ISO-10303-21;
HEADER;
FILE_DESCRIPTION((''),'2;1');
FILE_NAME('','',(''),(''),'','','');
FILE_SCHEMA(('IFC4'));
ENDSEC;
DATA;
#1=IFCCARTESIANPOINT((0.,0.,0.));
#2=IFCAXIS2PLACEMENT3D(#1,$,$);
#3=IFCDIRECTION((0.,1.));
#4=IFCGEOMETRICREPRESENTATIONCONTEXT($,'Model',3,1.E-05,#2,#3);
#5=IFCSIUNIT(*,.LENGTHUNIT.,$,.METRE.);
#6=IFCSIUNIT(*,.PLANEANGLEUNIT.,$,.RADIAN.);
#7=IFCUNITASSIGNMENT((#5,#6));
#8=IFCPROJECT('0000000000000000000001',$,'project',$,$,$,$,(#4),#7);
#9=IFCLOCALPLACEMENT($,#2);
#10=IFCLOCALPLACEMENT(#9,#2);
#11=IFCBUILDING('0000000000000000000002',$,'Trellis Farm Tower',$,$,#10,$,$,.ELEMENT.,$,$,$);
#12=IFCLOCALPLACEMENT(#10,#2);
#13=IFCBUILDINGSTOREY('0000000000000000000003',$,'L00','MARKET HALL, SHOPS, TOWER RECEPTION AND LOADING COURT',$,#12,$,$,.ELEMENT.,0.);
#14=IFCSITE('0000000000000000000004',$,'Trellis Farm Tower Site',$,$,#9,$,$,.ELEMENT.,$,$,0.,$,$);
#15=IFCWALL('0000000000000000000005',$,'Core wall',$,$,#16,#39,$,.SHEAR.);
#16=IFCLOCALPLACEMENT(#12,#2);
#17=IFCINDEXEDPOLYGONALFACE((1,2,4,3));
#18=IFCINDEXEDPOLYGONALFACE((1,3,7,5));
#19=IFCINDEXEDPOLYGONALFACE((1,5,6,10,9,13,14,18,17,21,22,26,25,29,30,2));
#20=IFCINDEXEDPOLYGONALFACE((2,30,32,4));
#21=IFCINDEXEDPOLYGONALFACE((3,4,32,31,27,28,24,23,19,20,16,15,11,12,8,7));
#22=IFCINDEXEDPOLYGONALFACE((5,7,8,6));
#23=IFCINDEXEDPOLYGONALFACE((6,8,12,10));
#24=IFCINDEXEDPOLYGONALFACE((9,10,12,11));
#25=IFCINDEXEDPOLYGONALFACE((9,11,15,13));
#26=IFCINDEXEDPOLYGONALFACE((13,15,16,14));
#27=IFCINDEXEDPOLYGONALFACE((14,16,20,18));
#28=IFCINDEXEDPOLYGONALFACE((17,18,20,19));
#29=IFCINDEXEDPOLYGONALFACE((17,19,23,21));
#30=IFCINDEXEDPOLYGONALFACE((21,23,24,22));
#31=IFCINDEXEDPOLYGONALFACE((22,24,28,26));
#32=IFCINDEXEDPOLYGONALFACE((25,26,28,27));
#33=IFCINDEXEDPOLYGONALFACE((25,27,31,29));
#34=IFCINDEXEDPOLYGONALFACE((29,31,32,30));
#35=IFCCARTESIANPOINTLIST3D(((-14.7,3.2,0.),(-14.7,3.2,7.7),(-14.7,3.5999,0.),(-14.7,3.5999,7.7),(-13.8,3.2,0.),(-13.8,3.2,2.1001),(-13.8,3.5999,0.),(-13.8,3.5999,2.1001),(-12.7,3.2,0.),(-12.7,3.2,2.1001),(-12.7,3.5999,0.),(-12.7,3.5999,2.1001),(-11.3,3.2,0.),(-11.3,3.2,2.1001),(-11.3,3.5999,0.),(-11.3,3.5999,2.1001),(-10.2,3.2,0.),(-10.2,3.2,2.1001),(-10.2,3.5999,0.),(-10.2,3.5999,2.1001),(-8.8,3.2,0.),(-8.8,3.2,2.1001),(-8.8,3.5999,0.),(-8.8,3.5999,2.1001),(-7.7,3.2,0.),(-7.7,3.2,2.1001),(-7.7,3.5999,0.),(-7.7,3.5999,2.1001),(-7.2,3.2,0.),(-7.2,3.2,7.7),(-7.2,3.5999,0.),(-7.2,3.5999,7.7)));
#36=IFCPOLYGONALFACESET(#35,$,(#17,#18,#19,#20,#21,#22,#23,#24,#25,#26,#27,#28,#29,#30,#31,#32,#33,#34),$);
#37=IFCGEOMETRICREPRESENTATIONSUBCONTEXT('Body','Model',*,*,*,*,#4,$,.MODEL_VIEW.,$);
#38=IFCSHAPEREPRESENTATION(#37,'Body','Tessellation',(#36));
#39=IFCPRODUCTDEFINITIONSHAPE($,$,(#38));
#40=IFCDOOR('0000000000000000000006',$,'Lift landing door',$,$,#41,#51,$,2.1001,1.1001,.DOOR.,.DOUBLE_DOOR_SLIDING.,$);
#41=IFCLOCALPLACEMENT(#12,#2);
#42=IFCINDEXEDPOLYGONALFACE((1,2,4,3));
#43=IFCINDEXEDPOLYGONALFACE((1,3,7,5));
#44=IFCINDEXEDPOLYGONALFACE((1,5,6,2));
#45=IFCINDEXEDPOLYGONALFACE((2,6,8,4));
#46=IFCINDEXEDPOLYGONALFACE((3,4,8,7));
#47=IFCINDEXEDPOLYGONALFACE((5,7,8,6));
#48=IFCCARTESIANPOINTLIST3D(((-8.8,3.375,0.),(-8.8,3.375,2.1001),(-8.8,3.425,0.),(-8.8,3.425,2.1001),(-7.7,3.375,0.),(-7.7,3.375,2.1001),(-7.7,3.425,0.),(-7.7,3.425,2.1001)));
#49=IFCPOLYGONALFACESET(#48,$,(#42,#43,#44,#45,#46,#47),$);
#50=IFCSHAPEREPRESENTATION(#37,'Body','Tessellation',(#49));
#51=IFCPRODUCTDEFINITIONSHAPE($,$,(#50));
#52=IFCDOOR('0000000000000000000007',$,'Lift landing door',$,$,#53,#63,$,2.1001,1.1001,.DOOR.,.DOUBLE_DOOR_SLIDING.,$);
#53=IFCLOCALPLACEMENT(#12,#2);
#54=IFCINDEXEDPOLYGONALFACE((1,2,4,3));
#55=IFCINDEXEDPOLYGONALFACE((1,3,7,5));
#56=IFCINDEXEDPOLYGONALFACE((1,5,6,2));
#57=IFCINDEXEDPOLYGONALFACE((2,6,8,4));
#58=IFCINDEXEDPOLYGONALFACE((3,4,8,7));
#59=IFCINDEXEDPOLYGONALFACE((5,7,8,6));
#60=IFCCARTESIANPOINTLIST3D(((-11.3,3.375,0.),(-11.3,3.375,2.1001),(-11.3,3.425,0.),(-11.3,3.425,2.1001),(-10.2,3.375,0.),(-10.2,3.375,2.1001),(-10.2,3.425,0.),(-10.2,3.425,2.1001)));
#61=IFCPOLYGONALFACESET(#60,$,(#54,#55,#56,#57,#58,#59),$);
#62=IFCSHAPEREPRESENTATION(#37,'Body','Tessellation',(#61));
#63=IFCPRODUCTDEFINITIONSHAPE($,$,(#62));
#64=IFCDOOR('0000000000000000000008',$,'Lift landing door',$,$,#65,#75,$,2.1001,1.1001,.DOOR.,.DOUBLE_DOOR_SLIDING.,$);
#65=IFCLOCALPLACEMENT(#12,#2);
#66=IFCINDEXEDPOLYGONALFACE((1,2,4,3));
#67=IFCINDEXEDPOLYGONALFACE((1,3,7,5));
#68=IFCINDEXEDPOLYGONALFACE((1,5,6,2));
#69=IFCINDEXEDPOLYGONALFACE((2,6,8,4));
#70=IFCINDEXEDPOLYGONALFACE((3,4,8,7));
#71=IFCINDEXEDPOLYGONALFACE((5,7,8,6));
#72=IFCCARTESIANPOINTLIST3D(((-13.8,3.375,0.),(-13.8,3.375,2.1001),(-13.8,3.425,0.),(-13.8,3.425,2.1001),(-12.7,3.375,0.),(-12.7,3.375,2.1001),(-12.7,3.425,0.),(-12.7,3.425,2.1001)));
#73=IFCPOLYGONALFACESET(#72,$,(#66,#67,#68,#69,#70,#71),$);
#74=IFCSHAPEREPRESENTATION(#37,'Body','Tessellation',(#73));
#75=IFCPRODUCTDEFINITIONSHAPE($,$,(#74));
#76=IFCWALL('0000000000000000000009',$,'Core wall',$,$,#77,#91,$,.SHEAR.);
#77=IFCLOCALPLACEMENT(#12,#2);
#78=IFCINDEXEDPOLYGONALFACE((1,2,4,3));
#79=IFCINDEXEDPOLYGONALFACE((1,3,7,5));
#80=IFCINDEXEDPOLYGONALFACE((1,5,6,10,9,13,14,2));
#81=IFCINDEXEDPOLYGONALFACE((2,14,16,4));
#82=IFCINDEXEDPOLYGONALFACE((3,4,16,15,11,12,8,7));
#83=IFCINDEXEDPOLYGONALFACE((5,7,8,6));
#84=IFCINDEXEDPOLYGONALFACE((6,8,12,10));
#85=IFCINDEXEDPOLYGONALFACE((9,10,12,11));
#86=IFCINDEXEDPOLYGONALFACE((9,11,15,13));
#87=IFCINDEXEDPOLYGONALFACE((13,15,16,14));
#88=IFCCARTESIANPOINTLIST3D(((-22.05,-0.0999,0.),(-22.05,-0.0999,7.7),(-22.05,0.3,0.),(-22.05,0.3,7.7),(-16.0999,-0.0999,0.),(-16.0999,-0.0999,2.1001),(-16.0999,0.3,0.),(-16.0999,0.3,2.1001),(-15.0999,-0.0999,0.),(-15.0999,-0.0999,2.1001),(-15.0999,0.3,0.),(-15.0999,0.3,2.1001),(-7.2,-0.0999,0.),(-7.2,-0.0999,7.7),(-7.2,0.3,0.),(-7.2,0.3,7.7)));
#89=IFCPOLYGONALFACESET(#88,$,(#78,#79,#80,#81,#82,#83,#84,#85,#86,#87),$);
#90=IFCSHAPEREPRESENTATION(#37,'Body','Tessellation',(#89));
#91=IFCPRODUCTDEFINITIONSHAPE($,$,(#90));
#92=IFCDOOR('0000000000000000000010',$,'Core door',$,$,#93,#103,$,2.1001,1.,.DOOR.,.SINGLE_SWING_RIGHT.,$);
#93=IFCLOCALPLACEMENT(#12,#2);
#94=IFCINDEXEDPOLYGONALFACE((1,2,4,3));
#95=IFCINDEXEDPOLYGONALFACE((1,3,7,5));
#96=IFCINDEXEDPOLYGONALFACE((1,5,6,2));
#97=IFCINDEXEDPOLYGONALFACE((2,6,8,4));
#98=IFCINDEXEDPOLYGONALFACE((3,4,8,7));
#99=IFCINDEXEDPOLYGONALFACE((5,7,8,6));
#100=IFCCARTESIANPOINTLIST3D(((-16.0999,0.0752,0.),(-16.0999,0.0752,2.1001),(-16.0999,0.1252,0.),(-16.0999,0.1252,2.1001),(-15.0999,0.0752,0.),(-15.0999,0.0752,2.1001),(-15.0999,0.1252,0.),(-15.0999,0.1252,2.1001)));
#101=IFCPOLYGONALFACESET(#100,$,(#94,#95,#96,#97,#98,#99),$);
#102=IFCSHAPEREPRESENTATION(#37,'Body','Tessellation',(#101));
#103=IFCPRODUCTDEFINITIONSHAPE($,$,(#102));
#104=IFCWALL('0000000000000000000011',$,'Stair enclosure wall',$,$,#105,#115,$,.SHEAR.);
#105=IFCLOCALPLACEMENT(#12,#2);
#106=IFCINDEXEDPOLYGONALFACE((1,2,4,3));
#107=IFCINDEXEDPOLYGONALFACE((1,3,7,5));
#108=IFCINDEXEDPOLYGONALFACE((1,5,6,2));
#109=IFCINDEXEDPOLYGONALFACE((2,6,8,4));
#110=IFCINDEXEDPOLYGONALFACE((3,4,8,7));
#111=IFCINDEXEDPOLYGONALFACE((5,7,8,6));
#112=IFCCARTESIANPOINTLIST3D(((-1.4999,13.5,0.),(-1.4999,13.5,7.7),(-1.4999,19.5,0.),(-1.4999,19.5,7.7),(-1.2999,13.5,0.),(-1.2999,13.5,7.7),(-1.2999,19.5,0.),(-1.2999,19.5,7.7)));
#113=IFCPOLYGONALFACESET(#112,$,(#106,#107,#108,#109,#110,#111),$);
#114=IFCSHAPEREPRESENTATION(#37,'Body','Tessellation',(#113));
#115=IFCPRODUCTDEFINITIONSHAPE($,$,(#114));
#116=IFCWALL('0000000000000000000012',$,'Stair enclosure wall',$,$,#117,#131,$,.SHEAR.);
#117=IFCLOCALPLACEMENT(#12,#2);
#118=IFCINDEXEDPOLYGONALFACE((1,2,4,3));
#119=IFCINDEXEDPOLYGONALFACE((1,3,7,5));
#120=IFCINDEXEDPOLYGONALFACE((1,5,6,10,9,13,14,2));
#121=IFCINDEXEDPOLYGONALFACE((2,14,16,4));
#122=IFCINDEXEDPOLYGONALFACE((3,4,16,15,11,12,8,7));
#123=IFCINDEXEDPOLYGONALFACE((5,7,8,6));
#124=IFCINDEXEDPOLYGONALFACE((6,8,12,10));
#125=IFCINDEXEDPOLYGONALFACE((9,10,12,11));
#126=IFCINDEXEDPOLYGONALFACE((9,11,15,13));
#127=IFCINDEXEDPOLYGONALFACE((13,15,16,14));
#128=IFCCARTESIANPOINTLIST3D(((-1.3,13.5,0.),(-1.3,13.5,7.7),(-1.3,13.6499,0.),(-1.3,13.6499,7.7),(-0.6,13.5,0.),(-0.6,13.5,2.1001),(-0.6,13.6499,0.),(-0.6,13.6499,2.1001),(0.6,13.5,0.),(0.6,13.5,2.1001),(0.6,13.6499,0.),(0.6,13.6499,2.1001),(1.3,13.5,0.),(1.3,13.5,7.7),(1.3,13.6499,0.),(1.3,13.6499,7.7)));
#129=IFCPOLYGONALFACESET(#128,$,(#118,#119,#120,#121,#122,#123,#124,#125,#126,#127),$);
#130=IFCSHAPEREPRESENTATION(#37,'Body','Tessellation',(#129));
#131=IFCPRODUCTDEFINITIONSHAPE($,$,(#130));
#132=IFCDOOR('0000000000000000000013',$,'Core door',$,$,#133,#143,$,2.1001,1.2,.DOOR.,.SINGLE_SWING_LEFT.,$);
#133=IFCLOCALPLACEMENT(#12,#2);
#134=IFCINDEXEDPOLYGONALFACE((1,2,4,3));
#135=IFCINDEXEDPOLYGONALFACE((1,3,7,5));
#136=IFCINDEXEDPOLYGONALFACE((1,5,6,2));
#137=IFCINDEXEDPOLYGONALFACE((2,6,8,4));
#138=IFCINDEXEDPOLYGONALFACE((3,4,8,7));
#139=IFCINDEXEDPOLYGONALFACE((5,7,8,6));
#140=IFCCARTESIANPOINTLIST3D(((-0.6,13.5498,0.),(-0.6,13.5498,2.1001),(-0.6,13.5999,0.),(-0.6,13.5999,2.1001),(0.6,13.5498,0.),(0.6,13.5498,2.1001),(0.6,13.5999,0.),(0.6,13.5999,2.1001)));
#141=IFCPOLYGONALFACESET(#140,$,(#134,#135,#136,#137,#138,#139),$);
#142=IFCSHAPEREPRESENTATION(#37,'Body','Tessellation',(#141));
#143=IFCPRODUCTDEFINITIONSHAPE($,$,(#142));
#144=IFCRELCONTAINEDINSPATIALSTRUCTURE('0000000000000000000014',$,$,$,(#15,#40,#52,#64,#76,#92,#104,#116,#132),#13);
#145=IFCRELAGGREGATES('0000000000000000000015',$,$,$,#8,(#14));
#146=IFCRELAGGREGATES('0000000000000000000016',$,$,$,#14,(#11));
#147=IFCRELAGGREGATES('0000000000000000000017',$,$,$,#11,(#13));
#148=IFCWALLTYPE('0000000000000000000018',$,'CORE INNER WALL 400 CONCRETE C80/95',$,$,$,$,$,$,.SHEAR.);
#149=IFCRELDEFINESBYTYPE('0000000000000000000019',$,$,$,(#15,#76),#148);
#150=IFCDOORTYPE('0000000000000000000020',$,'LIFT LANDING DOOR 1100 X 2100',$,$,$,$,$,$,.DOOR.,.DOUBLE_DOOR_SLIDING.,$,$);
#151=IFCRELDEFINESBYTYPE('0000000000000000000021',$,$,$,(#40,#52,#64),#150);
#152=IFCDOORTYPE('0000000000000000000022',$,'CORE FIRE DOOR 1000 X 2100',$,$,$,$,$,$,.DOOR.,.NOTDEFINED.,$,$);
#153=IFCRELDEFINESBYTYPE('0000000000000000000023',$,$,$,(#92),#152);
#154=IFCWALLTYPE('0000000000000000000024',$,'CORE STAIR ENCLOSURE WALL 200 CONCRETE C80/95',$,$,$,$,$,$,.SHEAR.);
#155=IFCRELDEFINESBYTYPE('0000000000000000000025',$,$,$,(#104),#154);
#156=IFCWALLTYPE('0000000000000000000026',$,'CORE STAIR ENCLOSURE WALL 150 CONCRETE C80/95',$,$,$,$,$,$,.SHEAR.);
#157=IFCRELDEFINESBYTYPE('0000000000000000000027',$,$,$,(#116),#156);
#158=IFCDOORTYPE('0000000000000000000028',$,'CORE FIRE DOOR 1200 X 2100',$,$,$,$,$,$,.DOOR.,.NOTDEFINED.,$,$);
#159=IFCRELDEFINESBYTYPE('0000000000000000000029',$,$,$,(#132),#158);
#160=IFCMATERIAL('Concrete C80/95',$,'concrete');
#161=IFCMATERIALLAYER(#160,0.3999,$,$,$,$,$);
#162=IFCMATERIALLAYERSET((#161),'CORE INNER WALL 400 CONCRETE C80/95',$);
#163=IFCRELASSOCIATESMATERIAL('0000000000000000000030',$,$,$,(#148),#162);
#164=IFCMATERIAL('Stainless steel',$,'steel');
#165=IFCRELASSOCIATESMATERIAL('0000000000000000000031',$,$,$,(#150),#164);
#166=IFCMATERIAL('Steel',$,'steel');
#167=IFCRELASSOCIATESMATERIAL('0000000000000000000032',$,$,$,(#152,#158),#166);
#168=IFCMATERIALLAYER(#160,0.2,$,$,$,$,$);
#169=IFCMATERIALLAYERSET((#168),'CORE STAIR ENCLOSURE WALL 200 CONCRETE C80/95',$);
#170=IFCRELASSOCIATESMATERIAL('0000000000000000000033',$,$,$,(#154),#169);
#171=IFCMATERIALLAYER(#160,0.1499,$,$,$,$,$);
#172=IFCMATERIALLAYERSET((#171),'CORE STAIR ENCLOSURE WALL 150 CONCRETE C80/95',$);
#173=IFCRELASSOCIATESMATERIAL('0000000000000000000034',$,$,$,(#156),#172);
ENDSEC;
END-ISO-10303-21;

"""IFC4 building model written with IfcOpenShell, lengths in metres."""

from ifc_helpers import new_model, si_unit, direction, frame, frame_2d, origin, place, context, subcontext, project, spatial, rectangle, extrude, source, transform, mapped, material, layer, layer_set, type_object, element, fill, save


model = new_model("IFC4")

# Units and contexts
model_context = context("Model", 3, precision=1e-05, world=origin(), true_north=direction((0.0, 1.0)))
body_context = subcontext(model_context, "Body", "Model", "MODEL_VIEW")
ifc_project = project(units=[si_unit("LENGTHUNIT", "METRE"), si_unit("PLANEANGLEUNIT", "RADIAN")], contexts=[model_context])

# Site, building, storey
site_placement = place(None, origin())
site = spatial("IfcSite", under=ifc_project, at=site_placement, Name="Trellis Farm Tower Site", CompositionType="ELEMENT", RefElevation=0.0)
building_placement = place(site_placement, origin())
building = spatial("IfcBuilding", under=site, at=building_placement, Name="Trellis Farm Tower", CompositionType="ELEMENT")
storey_placement = place(building_placement, origin())
storey = spatial("IfcBuildingStorey", under=building, at=storey_placement, Name="L00", Description="MARKET HALL, SHOPS, TOWER RECEPTION AND LOADING COURT", CompositionType="ELEMENT", Elevation=0.0)

# Shared definitions
ifc_material_1 = material(Name="Concrete C80/95", Category="concrete")

# Shared definitions
ifc_material_2 = material(Name="Steel", Category="steel")

# Wall, openings, doors
ifc_layer_1 = layer(ifc_material_1, 0.3999)
ifc_layer_set_1 = layer_set([ifc_layer_1], Name="CORE INNER WALL 400 CONCRETE C80/95")
wall_type_1 = type_object("IfcWallType", Name="CORE INNER WALL 400 CONCRETE C80/95", PredefinedType="SHEAR", material=ifc_layer_set_1)
shared_shape_1 = source(origin(), body_context, "Body", "SweptSolid", [
    extrude(rectangle(XDim=7.5, YDim=0.3999, at=frame_2d((3.75, 0.0))), origin(), (0.0, 0.0, 1.0), 7.7),
])
wall_1_placement = place(storey_placement, frame((-7.2, 3.3999, 0.0), z_axis=(0.0, 0.0, 1.0), x_axis=(-1.0, 0.0, 0.0)))
wall_1 = element("IfcWall", 1, at=wall_1_placement, inside=storey, type_object=wall_type_1, Name="Core wall", PredefinedType="SHEAR", context=body_context, shape_type="MappedRepresentation", body=[
    mapped(shared_shape_1, transform((0.0, 0.0, 0.0))),
])
shared_shape_2 = source(origin(), body_context, "Body", "SweptSolid", [
    extrude(rectangle(XDim=1.1001, YDim=2.1001, at=frame_2d((0.55, 1.05))), frame((0.0, 0.21, 0.0), z_axis=(0.0, -1.0, 0.0), x_axis=(1.0, 0.0, 0.0)), (0.0, 0.0, 1.0), 0.4199),
])
opening_1_placement = place(wall_1_placement, frame((0.5, 0.0, 0.0)))
opening_1 = element("IfcOpeningElement", 2, at=opening_1_placement, cuts=wall_1, PredefinedType="OPENING", context=body_context, shape_type="MappedRepresentation", body=[
    mapped(shared_shape_2, transform((0.0, 0.0, 0.0))),
])
opening_2_placement = place(wall_1_placement, frame((3.0, 0.0, 0.0)))
opening_2 = element("IfcOpeningElement", 3, at=opening_2_placement, cuts=wall_1, PredefinedType="OPENING", context=body_context, shape_type="MappedRepresentation", body=[
    mapped(shared_shape_2, transform((0.0, 0.0, 0.0))),
])
opening_3_placement = place(wall_1_placement, frame((5.5, 0.0, 0.0)))
opening_3 = element("IfcOpeningElement", 4, at=opening_3_placement, cuts=wall_1, PredefinedType="OPENING", context=body_context, shape_type="MappedRepresentation", body=[
    mapped(shared_shape_2, transform((0.0, 0.0, 0.0))),
])
ifc_material_3 = material(Name="Stainless steel", Category="steel")
door_type_1 = type_object("IfcDoorType", Name="LIFT LANDING DOOR 1100 X 2100", OperationType="DOUBLE_DOOR_SLIDING", PredefinedType="DOOR", material=ifc_material_3)
shared_shape_3 = source(origin(), body_context, "Body", "SweptSolid", [
    extrude(rectangle(XDim=1.1001, YDim=2.1001, at=frame_2d((0.55, 1.05))), frame((0.0, 0.0249, 0.0), z_axis=(0.0, -1.0, 0.0), x_axis=(1.0, 0.0, 0.0)), (0.0, 0.0, 1.0), 0.05),
])
door_1_placement = place(opening_1_placement, origin())
door_1 = element("IfcDoor", 5, at=door_1_placement, inside=storey, type_object=door_type_1, Name="Lift landing door", OperationType="DOUBLE_DOOR_SLIDING", OverallHeight=2.1001, OverallWidth=1.1001, PredefinedType="DOOR", context=body_context, shape_type="MappedRepresentation", body=[
    mapped(shared_shape_3, transform((0.0, 0.0, 0.0))),
])
fill(opening_1, door_1)
door_2_placement = place(opening_2_placement, origin())
door_2 = element("IfcDoor", 6, at=door_2_placement, inside=storey, type_object=door_type_1, Name="Lift landing door", OperationType="DOUBLE_DOOR_SLIDING", OverallHeight=2.1001, OverallWidth=1.1001, PredefinedType="DOOR", context=body_context, shape_type="MappedRepresentation", body=[
    mapped(shared_shape_3, transform((0.0, 0.0, 0.0))),
])
fill(opening_2, door_2)
door_3_placement = place(opening_3_placement, origin())
door_3 = element("IfcDoor", 7, at=door_3_placement, inside=storey, type_object=door_type_1, Name="Lift landing door", OperationType="DOUBLE_DOOR_SLIDING", OverallHeight=2.1001, OverallWidth=1.1001, PredefinedType="DOOR", context=body_context, shape_type="MappedRepresentation", body=[
    mapped(shared_shape_3, transform((0.0, 0.0, 0.0))),
])
fill(opening_3, door_3)

# Wall, opening, door
shared_shape_4 = source(origin(), body_context, "Body", "SweptSolid", [
    extrude(rectangle(XDim=14.8501, YDim=0.3999, at=frame_2d((7.425, 0.0))), origin(), (0.0, 0.0, 1.0), 7.7),
])
wall_2_placement = place(storey_placement, frame((-7.2, 0.1001, 0.0), z_axis=(0.0, 0.0, 1.0), x_axis=(-1.0, 0.0, 0.0)))
wall_2 = element("IfcWall", 8, at=wall_2_placement, inside=storey, type_object=wall_type_1, Name="Core wall", PredefinedType="SHEAR", context=body_context, shape_type="MappedRepresentation", body=[
    mapped(shared_shape_4, transform((0.0, 0.0, 0.0))),
])
shared_shape_5 = source(origin(), body_context, "Body", "SweptSolid", [
    extrude(rectangle(XDim=1.0, YDim=2.1001, at=frame_2d((0.5, 1.05))), frame((0.0, 0.21, 0.0), z_axis=(0.0, -1.0, 0.0), x_axis=(1.0, 0.0, 0.0)), (0.0, 0.0, 1.0), 0.4199),
])
opening_4_placement = place(wall_2_placement, frame((7.8999, 0.0, 0.0)))
opening_4 = element("IfcOpeningElement", 9, at=opening_4_placement, cuts=wall_2, PredefinedType="OPENING", context=body_context, shape_type="MappedRepresentation", body=[
    mapped(shared_shape_5, transform((0.0, 0.0, 0.0))),
])
door_type_2 = type_object("IfcDoorType", Name="CORE FIRE DOOR 1000 X 2100", OperationType="NOTDEFINED", PredefinedType="DOOR", material=ifc_material_2)
shared_shape_6 = source(origin(), body_context, "Body", "SweptSolid", [
    extrude(rectangle(XDim=1.0, YDim=2.1001, at=frame_2d((0.5, 1.05))), frame((0.0, 0.0249, 0.0), z_axis=(0.0, -1.0, 0.0), x_axis=(1.0, 0.0, 0.0)), (0.0, 0.0, 1.0), 0.05),
])
door_4_placement = place(opening_4_placement, origin())
door_4 = element("IfcDoor", 10, at=door_4_placement, inside=storey, type_object=door_type_2, Name="Core door", OperationType="SINGLE_SWING_RIGHT", OverallHeight=2.1001, OverallWidth=1.0, PredefinedType="DOOR", context=body_context, shape_type="MappedRepresentation", body=[
    mapped(shared_shape_6, transform((0.0, 0.0, 0.0))),
])
fill(opening_4, door_4)

# Wall
ifc_layer_2 = layer(ifc_material_1, 0.2)
ifc_layer_set_2 = layer_set([ifc_layer_2], Name="CORE STAIR ENCLOSURE WALL 200 CONCRETE C80/95")
wall_type_2 = type_object("IfcWallType", Name="CORE STAIR ENCLOSURE WALL 200 CONCRETE C80/95", PredefinedType="SHEAR", material=ifc_layer_set_2)
shared_shape_7 = source(origin(), body_context, "Body", "SweptSolid", [
    extrude(rectangle(XDim=6.0, YDim=0.2, at=frame_2d((3.0, 0.0))), origin(), (0.0, 0.0, 1.0), 7.7),
])
wall_3_placement = place(storey_placement, frame((-1.3999, 13.5, 0.0), z_axis=(0.0, 0.0, 1.0), x_axis=(0.0, 1.0, 0.0)))
element("IfcWall", 11, at=wall_3_placement, inside=storey, type_object=wall_type_2, Name="Stair enclosure wall", PredefinedType="SHEAR", context=body_context, shape_type="MappedRepresentation", body=[
    mapped(shared_shape_7, transform((0.0, 0.0, 0.0))),
])

# Wall, opening, door
ifc_layer_3 = layer(ifc_material_1, 0.1499)
ifc_layer_set_3 = layer_set([ifc_layer_3], Name="CORE STAIR ENCLOSURE WALL 150 CONCRETE C80/95")
wall_type_3 = type_object("IfcWallType", Name="CORE STAIR ENCLOSURE WALL 150 CONCRETE C80/95", PredefinedType="SHEAR", material=ifc_layer_set_3)
shared_shape_8 = source(origin(), body_context, "Body", "SweptSolid", [
    extrude(rectangle(XDim=2.6001, YDim=0.1499, at=frame_2d((1.3, 0.0))), origin(), (0.0, 0.0, 1.0), 7.7),
])
wall_4_placement = place(storey_placement, frame((-1.3, 13.575, 0.0), z_axis=(0.0, 0.0, 1.0), x_axis=(1.0, 0.0, 0.0)))
wall_4 = element("IfcWall", 12, at=wall_4_placement, inside=storey, type_object=wall_type_3, Name="Stair enclosure wall", PredefinedType="SHEAR", context=body_context, shape_type="MappedRepresentation", body=[
    mapped(shared_shape_8, transform((0.0, 0.0, 0.0))),
])
shared_shape_9 = source(origin(), body_context, "Body", "SweptSolid", [
    extrude(rectangle(XDim=1.2, YDim=2.1001, at=frame_2d((0.6001, 1.05))), frame((0.0, 0.085, 0.0), z_axis=(0.0, -1.0, 0.0), x_axis=(1.0, 0.0, 0.0)), (0.0, 0.0, 1.0), 0.1699),
])
opening_5_placement = place(wall_4_placement, frame((0.7, 0.0, 0.0)))
opening_5 = element("IfcOpeningElement", 13, at=opening_5_placement, cuts=wall_4, PredefinedType="OPENING", context=body_context, shape_type="MappedRepresentation", body=[
    mapped(shared_shape_9, transform((0.0, 0.0, 0.0))),
])
door_type_3 = type_object("IfcDoorType", Name="CORE FIRE DOOR 1200 X 2100", OperationType="NOTDEFINED", PredefinedType="DOOR", material=ifc_material_2)
shared_shape_10 = source(origin(), body_context, "Body", "SweptSolid", [
    extrude(rectangle(XDim=1.2, YDim=2.1001, at=frame_2d((0.6001, 1.05))), frame((0.0, 0.0249, 0.0), z_axis=(0.0, -1.0, 0.0), x_axis=(1.0, 0.0, 0.0)), (0.0, 0.0, 1.0), 0.05),
])
door_5_placement = place(opening_5_placement, origin())
door_5 = element("IfcDoor", 14, at=door_5_placement, inside=storey, type_object=door_type_3, Name="Core door", OperationType="SINGLE_SWING_LEFT", OverallHeight=2.1001, OverallWidth=1.2, PredefinedType="DOOR", context=body_context, shape_type="MappedRepresentation", body=[
    mapped(shared_shape_10, transform((0.0, 0.0, 0.0))),
])
fill(opening_5, door_5)

save(model, "model.ifc")
